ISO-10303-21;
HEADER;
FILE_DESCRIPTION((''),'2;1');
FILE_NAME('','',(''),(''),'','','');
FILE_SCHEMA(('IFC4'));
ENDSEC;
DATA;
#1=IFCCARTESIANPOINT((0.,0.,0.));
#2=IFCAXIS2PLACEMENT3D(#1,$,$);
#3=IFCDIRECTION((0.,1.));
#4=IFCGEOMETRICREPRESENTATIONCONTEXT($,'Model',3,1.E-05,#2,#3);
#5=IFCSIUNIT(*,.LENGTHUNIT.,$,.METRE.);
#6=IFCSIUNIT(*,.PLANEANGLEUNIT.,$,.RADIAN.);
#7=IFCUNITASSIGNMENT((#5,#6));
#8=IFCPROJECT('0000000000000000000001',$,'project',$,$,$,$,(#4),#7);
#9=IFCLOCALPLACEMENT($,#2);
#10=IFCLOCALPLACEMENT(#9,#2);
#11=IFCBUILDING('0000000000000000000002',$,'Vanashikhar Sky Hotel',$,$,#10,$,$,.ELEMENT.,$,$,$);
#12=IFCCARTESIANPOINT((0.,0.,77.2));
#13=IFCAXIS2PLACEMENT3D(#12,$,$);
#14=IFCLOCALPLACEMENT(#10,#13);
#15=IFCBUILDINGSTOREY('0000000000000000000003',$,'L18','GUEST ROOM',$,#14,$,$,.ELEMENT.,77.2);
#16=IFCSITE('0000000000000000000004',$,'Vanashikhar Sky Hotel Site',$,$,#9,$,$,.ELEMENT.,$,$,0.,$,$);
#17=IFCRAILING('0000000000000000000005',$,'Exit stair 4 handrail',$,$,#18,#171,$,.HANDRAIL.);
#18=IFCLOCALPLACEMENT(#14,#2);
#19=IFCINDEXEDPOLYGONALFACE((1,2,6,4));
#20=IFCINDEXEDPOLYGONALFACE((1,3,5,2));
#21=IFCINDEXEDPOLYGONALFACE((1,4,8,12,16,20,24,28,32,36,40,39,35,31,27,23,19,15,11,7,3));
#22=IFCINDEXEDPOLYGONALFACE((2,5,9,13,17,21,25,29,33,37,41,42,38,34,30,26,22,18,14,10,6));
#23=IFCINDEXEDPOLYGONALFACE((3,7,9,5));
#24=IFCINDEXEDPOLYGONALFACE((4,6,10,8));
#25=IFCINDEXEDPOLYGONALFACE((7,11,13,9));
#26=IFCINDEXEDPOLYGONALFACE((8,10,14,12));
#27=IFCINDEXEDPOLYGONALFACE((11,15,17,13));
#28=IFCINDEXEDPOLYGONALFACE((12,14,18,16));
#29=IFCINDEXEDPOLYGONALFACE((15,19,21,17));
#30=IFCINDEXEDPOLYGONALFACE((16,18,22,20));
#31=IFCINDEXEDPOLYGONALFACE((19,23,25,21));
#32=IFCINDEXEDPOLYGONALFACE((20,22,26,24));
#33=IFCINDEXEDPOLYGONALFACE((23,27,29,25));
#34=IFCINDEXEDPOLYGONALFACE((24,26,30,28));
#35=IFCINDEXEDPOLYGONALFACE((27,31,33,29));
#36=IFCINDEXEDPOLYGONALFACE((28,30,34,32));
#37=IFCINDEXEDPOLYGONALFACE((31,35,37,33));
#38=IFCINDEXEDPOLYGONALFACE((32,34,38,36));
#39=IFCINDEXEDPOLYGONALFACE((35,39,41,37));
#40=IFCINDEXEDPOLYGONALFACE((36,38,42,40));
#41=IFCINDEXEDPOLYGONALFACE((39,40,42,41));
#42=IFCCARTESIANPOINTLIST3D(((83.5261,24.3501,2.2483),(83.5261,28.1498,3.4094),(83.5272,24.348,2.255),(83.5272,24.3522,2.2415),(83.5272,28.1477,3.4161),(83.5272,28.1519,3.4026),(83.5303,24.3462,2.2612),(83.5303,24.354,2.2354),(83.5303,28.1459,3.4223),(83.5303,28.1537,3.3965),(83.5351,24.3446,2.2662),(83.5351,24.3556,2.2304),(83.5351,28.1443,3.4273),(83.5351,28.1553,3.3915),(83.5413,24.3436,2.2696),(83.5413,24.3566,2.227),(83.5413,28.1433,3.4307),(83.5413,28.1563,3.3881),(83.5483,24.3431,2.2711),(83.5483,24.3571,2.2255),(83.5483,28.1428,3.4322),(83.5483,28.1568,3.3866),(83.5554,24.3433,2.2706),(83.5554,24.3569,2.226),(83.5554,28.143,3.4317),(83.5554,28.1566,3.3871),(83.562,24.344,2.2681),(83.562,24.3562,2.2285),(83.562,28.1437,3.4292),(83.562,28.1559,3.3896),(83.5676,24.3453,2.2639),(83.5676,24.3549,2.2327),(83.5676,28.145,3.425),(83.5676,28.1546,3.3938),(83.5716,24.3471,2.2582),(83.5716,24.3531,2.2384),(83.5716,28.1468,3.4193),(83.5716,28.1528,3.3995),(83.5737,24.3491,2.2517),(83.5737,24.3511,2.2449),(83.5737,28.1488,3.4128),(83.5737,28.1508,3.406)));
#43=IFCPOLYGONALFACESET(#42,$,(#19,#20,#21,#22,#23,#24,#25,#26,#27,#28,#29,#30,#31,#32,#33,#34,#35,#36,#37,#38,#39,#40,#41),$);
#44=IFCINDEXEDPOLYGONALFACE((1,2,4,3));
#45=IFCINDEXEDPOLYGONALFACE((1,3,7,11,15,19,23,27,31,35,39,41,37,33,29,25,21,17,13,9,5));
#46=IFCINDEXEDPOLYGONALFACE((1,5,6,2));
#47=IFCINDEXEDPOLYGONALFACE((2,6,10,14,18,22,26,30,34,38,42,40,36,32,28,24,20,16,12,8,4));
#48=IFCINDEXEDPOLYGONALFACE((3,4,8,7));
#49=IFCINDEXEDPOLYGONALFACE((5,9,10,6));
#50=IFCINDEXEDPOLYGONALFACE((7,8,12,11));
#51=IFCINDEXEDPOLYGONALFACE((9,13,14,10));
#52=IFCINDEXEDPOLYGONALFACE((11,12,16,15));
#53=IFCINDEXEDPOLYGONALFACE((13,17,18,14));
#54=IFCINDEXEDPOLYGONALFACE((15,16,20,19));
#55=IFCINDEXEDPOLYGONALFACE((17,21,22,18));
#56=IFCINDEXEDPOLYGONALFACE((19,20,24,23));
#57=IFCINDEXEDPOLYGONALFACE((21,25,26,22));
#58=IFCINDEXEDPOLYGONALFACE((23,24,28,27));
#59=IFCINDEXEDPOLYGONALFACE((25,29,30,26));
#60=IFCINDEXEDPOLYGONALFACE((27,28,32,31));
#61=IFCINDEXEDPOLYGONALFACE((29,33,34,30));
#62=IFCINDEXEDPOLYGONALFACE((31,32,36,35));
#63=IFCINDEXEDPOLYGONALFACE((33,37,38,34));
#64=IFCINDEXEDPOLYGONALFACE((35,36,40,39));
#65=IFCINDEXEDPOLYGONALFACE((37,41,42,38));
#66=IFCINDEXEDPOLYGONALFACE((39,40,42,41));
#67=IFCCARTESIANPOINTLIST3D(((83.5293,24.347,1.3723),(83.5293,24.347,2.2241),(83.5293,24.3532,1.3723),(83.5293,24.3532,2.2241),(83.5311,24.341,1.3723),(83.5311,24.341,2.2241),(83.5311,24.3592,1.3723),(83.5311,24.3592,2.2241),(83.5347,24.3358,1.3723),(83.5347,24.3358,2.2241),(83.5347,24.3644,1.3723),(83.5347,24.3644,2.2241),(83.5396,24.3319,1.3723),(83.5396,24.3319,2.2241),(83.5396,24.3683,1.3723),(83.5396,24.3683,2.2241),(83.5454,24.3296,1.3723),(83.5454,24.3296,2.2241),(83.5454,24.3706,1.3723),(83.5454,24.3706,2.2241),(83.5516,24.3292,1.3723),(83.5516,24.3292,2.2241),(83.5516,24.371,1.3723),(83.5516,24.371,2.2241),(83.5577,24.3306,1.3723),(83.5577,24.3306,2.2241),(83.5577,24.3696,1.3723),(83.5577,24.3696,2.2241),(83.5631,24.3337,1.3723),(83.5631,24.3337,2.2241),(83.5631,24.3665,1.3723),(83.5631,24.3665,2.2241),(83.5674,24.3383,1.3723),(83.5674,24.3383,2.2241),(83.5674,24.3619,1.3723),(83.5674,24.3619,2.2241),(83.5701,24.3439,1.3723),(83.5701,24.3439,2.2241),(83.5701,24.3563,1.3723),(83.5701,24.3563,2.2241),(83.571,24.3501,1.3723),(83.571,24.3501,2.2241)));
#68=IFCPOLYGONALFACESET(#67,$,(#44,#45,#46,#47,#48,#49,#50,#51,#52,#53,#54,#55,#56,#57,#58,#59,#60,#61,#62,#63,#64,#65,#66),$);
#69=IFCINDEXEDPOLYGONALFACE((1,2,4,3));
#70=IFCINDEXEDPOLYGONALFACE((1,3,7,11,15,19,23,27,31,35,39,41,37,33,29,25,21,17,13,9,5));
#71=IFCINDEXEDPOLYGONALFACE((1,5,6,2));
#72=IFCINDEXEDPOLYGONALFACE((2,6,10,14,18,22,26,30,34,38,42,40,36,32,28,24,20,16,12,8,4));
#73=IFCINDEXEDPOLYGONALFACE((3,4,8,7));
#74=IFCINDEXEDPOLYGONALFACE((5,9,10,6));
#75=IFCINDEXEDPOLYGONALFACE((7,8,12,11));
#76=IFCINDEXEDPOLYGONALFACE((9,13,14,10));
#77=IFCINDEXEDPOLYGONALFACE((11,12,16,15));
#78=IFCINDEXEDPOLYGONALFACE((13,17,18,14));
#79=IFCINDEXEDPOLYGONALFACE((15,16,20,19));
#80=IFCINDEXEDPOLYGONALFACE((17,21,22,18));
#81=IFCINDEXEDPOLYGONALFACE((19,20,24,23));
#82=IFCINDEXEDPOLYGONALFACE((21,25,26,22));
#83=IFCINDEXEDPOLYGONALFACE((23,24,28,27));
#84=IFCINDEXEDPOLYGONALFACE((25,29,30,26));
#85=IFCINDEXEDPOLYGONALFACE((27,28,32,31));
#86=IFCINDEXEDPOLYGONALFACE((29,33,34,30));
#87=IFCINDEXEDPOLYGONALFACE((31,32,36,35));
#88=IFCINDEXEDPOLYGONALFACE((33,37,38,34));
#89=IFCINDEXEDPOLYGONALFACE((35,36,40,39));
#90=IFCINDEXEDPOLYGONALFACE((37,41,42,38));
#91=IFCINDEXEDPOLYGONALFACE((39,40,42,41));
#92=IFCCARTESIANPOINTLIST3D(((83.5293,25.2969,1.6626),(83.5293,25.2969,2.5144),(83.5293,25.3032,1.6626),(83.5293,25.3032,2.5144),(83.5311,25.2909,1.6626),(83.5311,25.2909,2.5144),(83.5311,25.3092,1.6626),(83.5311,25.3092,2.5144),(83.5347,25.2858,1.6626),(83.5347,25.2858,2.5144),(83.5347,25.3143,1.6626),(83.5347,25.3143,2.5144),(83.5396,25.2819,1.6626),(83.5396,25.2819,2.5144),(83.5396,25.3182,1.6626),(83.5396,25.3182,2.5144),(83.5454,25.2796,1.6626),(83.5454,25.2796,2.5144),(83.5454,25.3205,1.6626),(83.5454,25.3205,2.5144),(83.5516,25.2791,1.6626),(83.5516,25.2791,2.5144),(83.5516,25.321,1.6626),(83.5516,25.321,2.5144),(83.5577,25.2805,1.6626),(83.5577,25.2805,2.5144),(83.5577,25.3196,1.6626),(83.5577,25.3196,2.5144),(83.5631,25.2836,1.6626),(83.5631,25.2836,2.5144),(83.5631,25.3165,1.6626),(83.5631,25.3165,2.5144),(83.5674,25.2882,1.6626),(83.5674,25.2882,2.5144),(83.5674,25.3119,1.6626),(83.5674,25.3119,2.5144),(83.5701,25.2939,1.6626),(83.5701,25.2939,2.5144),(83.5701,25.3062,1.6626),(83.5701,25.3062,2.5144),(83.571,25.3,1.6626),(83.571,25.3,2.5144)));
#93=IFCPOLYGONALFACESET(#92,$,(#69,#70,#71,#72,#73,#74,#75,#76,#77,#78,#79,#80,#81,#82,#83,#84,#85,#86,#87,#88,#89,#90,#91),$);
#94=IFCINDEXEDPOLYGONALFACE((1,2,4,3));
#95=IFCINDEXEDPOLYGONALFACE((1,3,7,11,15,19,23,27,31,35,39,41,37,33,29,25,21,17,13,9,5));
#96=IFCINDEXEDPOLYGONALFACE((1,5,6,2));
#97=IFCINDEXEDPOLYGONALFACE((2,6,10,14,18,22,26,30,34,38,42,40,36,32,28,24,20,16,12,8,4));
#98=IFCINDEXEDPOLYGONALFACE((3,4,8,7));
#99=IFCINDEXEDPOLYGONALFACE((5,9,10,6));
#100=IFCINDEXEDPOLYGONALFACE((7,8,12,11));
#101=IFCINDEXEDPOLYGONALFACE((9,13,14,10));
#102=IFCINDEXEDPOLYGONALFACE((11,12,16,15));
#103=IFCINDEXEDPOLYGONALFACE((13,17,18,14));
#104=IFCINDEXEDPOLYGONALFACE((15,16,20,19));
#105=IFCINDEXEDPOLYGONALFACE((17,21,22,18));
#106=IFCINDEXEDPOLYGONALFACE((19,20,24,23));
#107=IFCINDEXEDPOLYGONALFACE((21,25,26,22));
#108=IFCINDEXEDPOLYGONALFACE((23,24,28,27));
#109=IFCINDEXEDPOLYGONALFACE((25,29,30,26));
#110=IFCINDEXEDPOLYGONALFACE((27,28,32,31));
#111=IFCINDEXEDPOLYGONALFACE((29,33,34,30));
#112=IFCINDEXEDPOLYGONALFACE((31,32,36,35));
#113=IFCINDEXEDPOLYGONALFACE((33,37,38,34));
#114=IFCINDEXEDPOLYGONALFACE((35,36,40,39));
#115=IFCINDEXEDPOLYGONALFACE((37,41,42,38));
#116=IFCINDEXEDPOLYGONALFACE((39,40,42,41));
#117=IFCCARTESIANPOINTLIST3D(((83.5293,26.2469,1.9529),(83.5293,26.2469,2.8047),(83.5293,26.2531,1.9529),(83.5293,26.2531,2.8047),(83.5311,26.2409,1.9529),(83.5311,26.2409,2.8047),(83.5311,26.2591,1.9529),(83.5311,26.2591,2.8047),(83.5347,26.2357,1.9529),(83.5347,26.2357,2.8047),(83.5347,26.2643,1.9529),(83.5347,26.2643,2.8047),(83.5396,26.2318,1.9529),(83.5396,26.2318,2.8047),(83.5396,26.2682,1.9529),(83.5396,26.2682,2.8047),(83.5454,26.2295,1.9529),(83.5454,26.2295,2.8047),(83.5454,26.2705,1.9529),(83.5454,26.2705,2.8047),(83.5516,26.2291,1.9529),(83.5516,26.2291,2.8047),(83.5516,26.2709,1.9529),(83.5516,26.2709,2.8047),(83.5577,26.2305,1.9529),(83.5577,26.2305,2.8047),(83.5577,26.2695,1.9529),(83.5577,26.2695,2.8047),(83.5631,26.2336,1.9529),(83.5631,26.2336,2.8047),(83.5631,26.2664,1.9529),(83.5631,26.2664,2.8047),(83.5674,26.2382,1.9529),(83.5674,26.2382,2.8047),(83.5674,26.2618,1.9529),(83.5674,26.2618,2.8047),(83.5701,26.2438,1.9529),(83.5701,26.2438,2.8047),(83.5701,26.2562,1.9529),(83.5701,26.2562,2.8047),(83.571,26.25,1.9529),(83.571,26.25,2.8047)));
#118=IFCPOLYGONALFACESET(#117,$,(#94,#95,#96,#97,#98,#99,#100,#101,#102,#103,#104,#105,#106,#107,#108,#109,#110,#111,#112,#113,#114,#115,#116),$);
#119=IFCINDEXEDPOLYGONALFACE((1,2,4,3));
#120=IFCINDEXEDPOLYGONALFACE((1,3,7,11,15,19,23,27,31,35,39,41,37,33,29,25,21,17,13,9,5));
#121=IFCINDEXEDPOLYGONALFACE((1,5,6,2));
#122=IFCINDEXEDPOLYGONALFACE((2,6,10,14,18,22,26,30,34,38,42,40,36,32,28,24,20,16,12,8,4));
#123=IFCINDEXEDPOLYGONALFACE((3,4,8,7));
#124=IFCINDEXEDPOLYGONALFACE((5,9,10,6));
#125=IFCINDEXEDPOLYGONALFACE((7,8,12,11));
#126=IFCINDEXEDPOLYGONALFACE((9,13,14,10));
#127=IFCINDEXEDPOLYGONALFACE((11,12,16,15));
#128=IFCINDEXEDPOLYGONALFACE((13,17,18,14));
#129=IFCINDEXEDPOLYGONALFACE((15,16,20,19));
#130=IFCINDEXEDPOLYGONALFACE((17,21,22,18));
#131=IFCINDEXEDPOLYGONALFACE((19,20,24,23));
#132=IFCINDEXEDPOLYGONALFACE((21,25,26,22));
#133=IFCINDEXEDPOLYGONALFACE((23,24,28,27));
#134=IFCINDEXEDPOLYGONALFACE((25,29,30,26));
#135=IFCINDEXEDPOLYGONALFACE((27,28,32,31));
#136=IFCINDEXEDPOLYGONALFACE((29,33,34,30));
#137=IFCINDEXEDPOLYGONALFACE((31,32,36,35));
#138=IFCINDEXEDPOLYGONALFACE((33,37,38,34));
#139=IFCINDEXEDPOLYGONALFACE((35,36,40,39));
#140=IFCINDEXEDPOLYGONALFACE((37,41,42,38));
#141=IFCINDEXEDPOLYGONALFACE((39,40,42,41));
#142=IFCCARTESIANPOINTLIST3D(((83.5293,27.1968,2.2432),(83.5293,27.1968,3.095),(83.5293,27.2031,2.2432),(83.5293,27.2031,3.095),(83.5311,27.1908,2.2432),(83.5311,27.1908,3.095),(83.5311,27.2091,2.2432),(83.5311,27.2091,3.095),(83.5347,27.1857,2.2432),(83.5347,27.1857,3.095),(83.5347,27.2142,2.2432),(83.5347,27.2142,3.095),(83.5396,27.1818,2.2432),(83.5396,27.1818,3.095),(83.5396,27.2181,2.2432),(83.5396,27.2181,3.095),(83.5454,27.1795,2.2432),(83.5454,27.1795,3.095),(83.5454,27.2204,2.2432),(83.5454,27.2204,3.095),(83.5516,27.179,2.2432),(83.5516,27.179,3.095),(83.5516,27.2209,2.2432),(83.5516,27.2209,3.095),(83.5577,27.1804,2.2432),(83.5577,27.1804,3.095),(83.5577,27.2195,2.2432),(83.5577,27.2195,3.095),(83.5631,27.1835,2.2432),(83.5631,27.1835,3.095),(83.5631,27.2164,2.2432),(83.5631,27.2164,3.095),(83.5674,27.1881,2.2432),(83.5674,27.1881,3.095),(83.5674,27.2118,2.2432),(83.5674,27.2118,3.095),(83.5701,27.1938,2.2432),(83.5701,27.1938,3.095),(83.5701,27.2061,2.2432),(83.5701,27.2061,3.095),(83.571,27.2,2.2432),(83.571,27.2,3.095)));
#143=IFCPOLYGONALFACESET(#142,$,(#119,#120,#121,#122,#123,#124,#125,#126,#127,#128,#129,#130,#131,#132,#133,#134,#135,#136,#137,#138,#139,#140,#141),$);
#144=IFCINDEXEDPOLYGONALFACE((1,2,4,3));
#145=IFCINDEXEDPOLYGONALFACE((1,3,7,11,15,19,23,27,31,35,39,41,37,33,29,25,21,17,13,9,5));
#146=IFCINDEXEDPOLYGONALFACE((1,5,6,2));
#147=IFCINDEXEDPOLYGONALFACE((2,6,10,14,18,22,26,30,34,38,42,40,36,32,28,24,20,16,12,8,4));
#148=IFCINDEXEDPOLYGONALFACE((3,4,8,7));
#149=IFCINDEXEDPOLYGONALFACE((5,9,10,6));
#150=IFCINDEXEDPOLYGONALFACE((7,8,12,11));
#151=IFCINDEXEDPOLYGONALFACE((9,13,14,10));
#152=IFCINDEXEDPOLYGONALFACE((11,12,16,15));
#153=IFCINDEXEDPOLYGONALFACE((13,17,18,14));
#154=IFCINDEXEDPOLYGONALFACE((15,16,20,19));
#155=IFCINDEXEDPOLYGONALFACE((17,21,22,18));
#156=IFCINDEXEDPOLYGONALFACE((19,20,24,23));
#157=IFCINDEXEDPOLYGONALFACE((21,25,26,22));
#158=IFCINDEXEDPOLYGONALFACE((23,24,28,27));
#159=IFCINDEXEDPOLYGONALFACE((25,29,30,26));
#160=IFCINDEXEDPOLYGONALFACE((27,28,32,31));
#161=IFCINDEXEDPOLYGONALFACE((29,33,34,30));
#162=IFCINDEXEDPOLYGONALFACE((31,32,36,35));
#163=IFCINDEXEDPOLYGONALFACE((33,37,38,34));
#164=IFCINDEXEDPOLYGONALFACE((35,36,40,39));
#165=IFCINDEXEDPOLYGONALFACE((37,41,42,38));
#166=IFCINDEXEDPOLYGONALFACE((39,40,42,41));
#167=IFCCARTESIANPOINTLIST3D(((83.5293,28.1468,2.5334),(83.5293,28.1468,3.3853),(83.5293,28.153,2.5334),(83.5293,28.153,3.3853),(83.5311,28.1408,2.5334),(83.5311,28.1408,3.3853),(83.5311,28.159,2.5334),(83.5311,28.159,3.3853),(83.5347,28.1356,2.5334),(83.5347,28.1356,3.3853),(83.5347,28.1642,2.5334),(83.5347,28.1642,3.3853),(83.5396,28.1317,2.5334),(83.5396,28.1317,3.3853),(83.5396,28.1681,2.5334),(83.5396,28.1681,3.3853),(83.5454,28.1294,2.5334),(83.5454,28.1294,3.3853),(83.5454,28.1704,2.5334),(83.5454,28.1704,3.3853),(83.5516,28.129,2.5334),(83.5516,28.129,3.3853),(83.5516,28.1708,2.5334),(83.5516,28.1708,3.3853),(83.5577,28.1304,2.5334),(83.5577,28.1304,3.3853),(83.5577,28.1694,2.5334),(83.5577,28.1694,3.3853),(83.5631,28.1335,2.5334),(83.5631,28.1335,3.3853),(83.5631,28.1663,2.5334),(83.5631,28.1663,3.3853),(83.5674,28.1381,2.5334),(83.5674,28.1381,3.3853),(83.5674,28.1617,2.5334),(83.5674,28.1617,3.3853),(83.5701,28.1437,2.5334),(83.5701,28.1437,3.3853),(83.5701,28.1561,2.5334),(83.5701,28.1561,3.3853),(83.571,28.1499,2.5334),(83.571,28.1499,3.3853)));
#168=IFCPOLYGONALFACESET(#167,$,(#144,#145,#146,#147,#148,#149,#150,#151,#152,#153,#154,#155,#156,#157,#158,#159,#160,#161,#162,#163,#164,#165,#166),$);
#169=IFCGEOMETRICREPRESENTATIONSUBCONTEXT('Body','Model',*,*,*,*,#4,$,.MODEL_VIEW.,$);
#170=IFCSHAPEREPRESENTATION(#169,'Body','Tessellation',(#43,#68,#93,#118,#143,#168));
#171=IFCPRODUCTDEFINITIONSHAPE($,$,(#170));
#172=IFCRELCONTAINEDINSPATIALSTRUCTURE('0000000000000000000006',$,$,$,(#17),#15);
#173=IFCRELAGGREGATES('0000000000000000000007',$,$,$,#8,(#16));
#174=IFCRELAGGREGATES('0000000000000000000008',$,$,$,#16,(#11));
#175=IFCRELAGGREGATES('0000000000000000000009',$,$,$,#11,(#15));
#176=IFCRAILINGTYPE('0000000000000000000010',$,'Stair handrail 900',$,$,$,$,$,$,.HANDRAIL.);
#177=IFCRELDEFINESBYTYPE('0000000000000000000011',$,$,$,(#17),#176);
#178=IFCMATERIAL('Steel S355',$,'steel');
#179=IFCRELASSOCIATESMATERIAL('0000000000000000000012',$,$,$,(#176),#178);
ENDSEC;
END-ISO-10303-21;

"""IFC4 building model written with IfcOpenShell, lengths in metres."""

from ifc_helpers import new_model, si_unit, direction, frame, origin, origin_2d, place, context, subcontext, project, spatial, circle, extrude, source, transform, mapped, material, type_object, element, save


model = new_model("IFC4")

# Units and contexts
model_context = context("Model", 3, precision=1e-05, world=origin(), true_north=direction((0.0, 1.0)))
body_context = subcontext(model_context, "Body", "Model", "MODEL_VIEW")
ifc_project = project(units=[si_unit("LENGTHUNIT", "METRE"), si_unit("PLANEANGLEUNIT", "RADIAN")], contexts=[model_context])

# Site, building, storey
site_placement = place(None, origin())
site = spatial("IfcSite", under=ifc_project, at=site_placement, Name="Vanashikhar Sky Hotel Site", CompositionType="ELEMENT", RefElevation=0.0)
building_placement = place(site_placement, origin())
building = spatial("IfcBuilding", under=site, at=building_placement, Name="Vanashikhar Sky Hotel", CompositionType="ELEMENT")
storey_placement = place(building_placement, frame((0.0, 0.0, 77.2)))
storey = spatial("IfcBuildingStorey", under=building, at=storey_placement, Name="L18", Description="GUEST ROOM", CompositionType="ELEMENT", Elevation=77.2)

# Railing
ifc_material_1 = material(Name="Steel S355", Category="steel")
railing_type_1 = type_object("IfcRailingType", Name="Stair handrail 900", PredefinedType="HANDRAIL", material=ifc_material_1)
shared_shape_1 = source(origin(), body_context, "Body", "SweptSolid", [
    extrude(circle(Radius=0.0239, at=origin_2d()), frame((0.0, 0.0, 0.876), z_axis=(0.0, 0.956346, 0.292237), x_axis=(-1.0, 0.0, 0.0)), (0.0, 0.0, 1.0), 3.9731),
    extrude(circle(Radius=0.021, at=origin_2d()), origin(), (0.0, 0.0, 1.0), 0.8518),
    extrude(circle(Radius=0.021, at=origin_2d()), frame((0.0, 0.95, 0.2903)), (0.0, 0.0, 1.0), 0.8518),
    extrude(circle(Radius=0.021, at=origin_2d()), frame((0.0, 1.8999, 0.5806)), (0.0, 0.0, 1.0), 0.8518),
    extrude(circle(Radius=0.021, at=origin_2d()), frame((0.0, 2.8499, 0.8708)), (0.0, 0.0, 1.0), 0.8518),
    extrude(circle(Radius=0.021, at=origin_2d()), frame((0.0, 3.7998, 1.1611)), (0.0, 0.0, 1.0), 0.8518),
])
railing_1_placement = place(storey_placement, frame((83.55, 24.3501, 1.3723)))
element("IfcRailing", 1, at=railing_1_placement, inside=storey, type_object=railing_type_1, Name="Exit stair 4 handrail", PredefinedType="HANDRAIL", context=body_context, shape_type="MappedRepresentation", body=[
    mapped(shared_shape_1, transform((0.0, 0.0, 0.0), scale=1.0)),
])

save(model, "model.ifc")
